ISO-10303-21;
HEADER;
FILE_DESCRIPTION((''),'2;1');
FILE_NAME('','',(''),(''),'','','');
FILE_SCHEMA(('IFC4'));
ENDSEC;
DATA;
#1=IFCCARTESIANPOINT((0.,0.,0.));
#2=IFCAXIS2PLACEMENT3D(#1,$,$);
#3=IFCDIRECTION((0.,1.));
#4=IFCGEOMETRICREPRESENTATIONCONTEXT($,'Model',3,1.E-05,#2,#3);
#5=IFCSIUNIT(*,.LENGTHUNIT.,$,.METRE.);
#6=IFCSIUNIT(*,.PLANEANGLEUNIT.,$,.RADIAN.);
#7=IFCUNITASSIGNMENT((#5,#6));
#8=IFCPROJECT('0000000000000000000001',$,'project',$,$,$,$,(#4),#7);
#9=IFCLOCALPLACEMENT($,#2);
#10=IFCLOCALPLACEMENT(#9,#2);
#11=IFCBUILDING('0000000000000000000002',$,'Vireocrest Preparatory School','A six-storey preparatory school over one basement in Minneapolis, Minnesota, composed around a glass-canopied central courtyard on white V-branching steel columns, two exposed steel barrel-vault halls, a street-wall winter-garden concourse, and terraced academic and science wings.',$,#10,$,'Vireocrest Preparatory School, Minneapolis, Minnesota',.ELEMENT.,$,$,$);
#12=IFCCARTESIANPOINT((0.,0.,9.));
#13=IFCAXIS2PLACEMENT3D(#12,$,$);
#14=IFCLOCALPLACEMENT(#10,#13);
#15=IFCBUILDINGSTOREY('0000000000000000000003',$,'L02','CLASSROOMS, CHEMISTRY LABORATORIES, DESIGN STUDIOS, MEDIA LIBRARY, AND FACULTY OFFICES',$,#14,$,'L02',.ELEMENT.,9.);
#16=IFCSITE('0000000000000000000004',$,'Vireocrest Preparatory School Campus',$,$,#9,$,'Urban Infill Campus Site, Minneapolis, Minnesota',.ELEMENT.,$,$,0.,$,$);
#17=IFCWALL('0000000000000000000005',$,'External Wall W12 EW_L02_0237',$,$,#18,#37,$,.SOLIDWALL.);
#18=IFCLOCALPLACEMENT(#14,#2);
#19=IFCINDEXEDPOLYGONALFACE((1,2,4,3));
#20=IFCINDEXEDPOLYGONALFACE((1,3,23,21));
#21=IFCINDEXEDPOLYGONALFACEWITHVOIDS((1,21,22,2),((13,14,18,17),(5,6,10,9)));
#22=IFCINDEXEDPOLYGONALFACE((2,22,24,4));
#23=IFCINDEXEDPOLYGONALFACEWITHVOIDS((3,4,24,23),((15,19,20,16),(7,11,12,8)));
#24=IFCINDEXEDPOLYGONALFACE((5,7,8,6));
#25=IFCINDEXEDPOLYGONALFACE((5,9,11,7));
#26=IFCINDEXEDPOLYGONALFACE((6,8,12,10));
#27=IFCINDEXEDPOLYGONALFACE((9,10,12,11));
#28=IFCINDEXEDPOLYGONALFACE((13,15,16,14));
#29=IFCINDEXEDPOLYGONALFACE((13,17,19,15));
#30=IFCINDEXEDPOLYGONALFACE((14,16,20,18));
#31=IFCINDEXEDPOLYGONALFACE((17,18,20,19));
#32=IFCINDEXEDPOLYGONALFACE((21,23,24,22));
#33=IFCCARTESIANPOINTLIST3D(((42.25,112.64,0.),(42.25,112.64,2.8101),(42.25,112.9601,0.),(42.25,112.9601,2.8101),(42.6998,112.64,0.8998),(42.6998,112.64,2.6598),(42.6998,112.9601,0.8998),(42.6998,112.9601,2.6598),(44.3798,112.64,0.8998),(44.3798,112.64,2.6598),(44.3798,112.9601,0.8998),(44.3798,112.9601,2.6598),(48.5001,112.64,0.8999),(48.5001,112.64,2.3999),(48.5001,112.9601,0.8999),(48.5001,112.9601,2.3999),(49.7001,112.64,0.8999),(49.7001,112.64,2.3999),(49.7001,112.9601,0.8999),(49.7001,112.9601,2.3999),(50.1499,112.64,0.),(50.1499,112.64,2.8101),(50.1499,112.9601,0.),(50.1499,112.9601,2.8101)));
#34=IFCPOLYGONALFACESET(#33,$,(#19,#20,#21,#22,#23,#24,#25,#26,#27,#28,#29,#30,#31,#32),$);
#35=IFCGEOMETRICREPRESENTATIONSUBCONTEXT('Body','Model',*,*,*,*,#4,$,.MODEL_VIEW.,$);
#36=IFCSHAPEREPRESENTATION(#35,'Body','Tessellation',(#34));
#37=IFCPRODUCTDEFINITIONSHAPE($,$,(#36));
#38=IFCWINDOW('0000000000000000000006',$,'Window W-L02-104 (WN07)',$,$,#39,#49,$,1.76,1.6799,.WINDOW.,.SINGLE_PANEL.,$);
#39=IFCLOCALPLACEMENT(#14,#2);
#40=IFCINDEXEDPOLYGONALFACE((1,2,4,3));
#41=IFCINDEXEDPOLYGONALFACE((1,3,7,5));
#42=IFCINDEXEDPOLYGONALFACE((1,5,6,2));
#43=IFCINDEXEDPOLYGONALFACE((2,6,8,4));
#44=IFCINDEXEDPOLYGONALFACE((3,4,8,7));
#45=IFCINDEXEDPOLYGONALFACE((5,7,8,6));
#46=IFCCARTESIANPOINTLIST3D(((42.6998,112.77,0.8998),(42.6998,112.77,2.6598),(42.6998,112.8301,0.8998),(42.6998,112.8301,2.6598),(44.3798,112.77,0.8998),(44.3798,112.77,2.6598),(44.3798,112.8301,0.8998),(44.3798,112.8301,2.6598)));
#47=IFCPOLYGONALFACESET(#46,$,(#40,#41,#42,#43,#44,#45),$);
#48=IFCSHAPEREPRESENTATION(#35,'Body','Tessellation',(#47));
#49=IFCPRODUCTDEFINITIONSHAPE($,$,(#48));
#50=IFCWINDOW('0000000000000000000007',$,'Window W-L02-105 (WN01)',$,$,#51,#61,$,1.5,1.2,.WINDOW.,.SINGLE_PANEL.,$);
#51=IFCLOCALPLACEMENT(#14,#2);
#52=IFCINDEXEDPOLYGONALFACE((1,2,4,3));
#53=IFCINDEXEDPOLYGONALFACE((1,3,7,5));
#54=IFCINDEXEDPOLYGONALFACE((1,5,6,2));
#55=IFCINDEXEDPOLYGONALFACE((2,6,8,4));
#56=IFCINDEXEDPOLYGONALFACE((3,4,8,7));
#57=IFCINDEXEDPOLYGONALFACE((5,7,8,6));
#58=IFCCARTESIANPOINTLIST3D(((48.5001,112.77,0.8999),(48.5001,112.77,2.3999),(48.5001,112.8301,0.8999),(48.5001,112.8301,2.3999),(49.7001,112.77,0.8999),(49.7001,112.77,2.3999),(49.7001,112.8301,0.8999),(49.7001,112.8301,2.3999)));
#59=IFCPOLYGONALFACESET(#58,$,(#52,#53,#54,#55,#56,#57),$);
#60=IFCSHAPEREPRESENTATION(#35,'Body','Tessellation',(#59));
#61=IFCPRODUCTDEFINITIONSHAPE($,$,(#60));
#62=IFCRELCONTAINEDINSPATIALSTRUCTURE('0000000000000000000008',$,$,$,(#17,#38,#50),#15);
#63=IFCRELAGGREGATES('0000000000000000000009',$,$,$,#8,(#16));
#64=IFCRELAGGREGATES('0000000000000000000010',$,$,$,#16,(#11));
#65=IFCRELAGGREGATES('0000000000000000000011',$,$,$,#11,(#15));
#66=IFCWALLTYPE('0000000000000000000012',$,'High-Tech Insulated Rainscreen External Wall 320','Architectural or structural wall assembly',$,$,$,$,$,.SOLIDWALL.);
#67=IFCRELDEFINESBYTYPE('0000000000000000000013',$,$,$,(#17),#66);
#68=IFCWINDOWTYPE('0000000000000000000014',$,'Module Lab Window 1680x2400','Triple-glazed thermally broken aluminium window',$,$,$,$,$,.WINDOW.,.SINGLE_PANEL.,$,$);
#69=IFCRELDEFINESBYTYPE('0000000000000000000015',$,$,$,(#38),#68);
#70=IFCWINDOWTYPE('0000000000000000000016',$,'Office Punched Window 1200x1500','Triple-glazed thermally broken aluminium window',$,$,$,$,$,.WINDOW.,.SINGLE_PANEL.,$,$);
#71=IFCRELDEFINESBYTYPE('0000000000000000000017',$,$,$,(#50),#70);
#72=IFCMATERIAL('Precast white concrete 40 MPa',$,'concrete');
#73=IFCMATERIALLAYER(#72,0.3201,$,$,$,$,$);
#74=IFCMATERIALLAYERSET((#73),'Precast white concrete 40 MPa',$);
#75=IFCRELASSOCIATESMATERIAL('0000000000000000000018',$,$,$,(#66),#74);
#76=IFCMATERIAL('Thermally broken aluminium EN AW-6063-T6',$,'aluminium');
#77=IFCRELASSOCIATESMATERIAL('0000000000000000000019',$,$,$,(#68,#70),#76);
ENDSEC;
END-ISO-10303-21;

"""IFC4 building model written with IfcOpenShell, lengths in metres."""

from ifc_helpers import new_model, si_unit, direction, frame, frame_2d, origin, place, context, subcontext, project, spatial, rectangle, extrude, material, layer, layer_set, type_object, element, fill, save


model = new_model("IFC4")

# Units and contexts
model_context = context("Model", 3, precision=1e-05, world=origin(), true_north=direction((0.0, 1.0)))
body_context = subcontext(model_context, "Body", "Model", "MODEL_VIEW")
ifc_project = project(units=[si_unit("LENGTHUNIT", "METRE"), si_unit("PLANEANGLEUNIT", "RADIAN")], contexts=[model_context])

# Site, building, storey
site_placement = place(None, origin())
site = spatial("IfcSite", under=ifc_project, at=site_placement, Name="Vireocrest Preparatory School Campus", LongName="Urban Infill Campus Site, Minneapolis, Minnesota", CompositionType="ELEMENT", RefElevation=0.0)
building_placement = place(site_placement, origin())
building = spatial("IfcBuilding", under=site, at=building_placement, Name="Vireocrest Preparatory School", Description="A six-storey preparatory school over one basement in Minneapolis, Minnesota, composed around a glass-canopied central courtyard on white V-branching steel columns, two exposed steel barrel-vault halls, a street-wall winter-garden concourse, and terraced academic and science wings.", LongName="Vireocrest Preparatory School, Minneapolis, Minnesota", CompositionType="ELEMENT")
storey_placement = place(building_placement, frame((0.0, 0.0, 9.0)))
storey = spatial("IfcBuildingStorey", under=building, at=storey_placement, Name="L02", Description="CLASSROOMS, CHEMISTRY LABORATORIES, DESIGN STUDIOS, MEDIA LIBRARY, AND FACULTY OFFICES", LongName="L02", CompositionType="ELEMENT", Elevation=9.0)

# Shared definitions
ifc_material_1 = material(Name="Thermally broken aluminium EN AW-6063-T6", Category="aluminium")

# Wall, openings, windows
ifc_material_2 = material(Name="Precast white concrete 40 MPa", Category="concrete")
ifc_layer_1 = layer(ifc_material_2, 0.3201)
ifc_layer_set_1 = layer_set([ifc_layer_1], Name="Precast white concrete 40 MPa")
wall_type = type_object("IfcWallType", Name="High-Tech Insulated Rainscreen External Wall 320", Description="Architectural or structural wall assembly", PredefinedType="SOLIDWALL", material=ifc_layer_set_1)
wall_placement = place(storey_placement, frame((42.25, 112.8, 0.0), z_axis=(0.0, 0.0, 1.0), x_axis=(1.0, 0.0, 0.0)))
wall = element("IfcWall", 1, at=wall_placement, inside=storey, type_object=wall_type, Name="External Wall W12 EW_L02_0237", PredefinedType="SOLIDWALL", context=body_context, shape_type="SweptSolid", body=[
    extrude(rectangle(XDim=7.8999, YDim=0.3201, at=frame_2d((3.95, 0.0))), origin(), (0.0, 0.0, 1.0), 2.8101),
])
opening_1_placement = place(wall_placement, frame((0.45, 0.0, 0.8999)))
opening_1 = element("IfcOpeningElement", 2, at=opening_1_placement, cuts=wall, PredefinedType="OPENING", context=body_context, shape_type="SweptSolid", body=[
    extrude(rectangle(XDim=1.6799, YDim=1.76, at=frame_2d((0.8398, 0.8799))), frame((0.0, 0.1699, 0.0), z_axis=(0.0, -1.0, 0.0), x_axis=(1.0, 0.0, 0.0)), (0.0, 0.0, 1.0), 0.3401),
])
opening_2_placement = place(wall_placement, frame((6.25, 0.0, 0.8999)))
opening_2 = element("IfcOpeningElement", 3, at=opening_2_placement, cuts=wall, PredefinedType="OPENING", context=body_context, shape_type="SweptSolid", body=[
    extrude(rectangle(XDim=1.2, YDim=1.5, at=frame_2d((0.6001, 0.75))), frame((0.0, 0.1699, 0.0), z_axis=(0.0, -1.0, 0.0), x_axis=(1.0, 0.0, 0.0)), (0.0, 0.0, 1.0), 0.3401),
])
window_type_1 = type_object("IfcWindowType", Name="Module Lab Window 1680x2400", Description="Triple-glazed thermally broken aluminium window", PartitioningType="SINGLE_PANEL", PredefinedType="WINDOW", material=ifc_material_1)
window_1_placement = place(opening_1_placement, origin())
window_1 = element("IfcWindow", 4, at=window_1_placement, inside=storey, type_object=window_type_1, Name="Window W-L02-104 (WN07)", OverallHeight=1.76, OverallWidth=1.6799, PartitioningType="SINGLE_PANEL", PredefinedType="WINDOW", context=body_context, shape_type="SweptSolid", body=[
    extrude(rectangle(XDim=1.6799, YDim=1.76, at=frame_2d((0.8398, 0.8799))), frame((0.0, 0.03, 0.0), z_axis=(0.0, -1.0, 0.0), x_axis=(1.0, 0.0, 0.0)), (0.0, 0.0, 1.0), 0.0601),
])
fill(opening_1, window_1)
window_type_2 = type_object("IfcWindowType", Name="Office Punched Window 1200x1500", Description="Triple-glazed thermally broken aluminium window", PartitioningType="SINGLE_PANEL", PredefinedType="WINDOW", material=ifc_material_1)
window_2_placement = place(opening_2_placement, origin())
window_2 = element("IfcWindow", 5, at=window_2_placement, inside=storey, type_object=window_type_2, Name="Window W-L02-105 (WN01)", OverallHeight=1.5, OverallWidth=1.2, PartitioningType="SINGLE_PANEL", PredefinedType="WINDOW", context=body_context, shape_type="SweptSolid", body=[
    extrude(rectangle(XDim=1.2, YDim=1.5, at=frame_2d((0.6001, 0.75))), frame((0.0, 0.03, 0.0), z_axis=(0.0, -1.0, 0.0), x_axis=(1.0, 0.0, 0.0)), (0.0, 0.0, 1.0), 0.0601),
])
fill(opening_2, window_2)

save(model, "model.ifc")
